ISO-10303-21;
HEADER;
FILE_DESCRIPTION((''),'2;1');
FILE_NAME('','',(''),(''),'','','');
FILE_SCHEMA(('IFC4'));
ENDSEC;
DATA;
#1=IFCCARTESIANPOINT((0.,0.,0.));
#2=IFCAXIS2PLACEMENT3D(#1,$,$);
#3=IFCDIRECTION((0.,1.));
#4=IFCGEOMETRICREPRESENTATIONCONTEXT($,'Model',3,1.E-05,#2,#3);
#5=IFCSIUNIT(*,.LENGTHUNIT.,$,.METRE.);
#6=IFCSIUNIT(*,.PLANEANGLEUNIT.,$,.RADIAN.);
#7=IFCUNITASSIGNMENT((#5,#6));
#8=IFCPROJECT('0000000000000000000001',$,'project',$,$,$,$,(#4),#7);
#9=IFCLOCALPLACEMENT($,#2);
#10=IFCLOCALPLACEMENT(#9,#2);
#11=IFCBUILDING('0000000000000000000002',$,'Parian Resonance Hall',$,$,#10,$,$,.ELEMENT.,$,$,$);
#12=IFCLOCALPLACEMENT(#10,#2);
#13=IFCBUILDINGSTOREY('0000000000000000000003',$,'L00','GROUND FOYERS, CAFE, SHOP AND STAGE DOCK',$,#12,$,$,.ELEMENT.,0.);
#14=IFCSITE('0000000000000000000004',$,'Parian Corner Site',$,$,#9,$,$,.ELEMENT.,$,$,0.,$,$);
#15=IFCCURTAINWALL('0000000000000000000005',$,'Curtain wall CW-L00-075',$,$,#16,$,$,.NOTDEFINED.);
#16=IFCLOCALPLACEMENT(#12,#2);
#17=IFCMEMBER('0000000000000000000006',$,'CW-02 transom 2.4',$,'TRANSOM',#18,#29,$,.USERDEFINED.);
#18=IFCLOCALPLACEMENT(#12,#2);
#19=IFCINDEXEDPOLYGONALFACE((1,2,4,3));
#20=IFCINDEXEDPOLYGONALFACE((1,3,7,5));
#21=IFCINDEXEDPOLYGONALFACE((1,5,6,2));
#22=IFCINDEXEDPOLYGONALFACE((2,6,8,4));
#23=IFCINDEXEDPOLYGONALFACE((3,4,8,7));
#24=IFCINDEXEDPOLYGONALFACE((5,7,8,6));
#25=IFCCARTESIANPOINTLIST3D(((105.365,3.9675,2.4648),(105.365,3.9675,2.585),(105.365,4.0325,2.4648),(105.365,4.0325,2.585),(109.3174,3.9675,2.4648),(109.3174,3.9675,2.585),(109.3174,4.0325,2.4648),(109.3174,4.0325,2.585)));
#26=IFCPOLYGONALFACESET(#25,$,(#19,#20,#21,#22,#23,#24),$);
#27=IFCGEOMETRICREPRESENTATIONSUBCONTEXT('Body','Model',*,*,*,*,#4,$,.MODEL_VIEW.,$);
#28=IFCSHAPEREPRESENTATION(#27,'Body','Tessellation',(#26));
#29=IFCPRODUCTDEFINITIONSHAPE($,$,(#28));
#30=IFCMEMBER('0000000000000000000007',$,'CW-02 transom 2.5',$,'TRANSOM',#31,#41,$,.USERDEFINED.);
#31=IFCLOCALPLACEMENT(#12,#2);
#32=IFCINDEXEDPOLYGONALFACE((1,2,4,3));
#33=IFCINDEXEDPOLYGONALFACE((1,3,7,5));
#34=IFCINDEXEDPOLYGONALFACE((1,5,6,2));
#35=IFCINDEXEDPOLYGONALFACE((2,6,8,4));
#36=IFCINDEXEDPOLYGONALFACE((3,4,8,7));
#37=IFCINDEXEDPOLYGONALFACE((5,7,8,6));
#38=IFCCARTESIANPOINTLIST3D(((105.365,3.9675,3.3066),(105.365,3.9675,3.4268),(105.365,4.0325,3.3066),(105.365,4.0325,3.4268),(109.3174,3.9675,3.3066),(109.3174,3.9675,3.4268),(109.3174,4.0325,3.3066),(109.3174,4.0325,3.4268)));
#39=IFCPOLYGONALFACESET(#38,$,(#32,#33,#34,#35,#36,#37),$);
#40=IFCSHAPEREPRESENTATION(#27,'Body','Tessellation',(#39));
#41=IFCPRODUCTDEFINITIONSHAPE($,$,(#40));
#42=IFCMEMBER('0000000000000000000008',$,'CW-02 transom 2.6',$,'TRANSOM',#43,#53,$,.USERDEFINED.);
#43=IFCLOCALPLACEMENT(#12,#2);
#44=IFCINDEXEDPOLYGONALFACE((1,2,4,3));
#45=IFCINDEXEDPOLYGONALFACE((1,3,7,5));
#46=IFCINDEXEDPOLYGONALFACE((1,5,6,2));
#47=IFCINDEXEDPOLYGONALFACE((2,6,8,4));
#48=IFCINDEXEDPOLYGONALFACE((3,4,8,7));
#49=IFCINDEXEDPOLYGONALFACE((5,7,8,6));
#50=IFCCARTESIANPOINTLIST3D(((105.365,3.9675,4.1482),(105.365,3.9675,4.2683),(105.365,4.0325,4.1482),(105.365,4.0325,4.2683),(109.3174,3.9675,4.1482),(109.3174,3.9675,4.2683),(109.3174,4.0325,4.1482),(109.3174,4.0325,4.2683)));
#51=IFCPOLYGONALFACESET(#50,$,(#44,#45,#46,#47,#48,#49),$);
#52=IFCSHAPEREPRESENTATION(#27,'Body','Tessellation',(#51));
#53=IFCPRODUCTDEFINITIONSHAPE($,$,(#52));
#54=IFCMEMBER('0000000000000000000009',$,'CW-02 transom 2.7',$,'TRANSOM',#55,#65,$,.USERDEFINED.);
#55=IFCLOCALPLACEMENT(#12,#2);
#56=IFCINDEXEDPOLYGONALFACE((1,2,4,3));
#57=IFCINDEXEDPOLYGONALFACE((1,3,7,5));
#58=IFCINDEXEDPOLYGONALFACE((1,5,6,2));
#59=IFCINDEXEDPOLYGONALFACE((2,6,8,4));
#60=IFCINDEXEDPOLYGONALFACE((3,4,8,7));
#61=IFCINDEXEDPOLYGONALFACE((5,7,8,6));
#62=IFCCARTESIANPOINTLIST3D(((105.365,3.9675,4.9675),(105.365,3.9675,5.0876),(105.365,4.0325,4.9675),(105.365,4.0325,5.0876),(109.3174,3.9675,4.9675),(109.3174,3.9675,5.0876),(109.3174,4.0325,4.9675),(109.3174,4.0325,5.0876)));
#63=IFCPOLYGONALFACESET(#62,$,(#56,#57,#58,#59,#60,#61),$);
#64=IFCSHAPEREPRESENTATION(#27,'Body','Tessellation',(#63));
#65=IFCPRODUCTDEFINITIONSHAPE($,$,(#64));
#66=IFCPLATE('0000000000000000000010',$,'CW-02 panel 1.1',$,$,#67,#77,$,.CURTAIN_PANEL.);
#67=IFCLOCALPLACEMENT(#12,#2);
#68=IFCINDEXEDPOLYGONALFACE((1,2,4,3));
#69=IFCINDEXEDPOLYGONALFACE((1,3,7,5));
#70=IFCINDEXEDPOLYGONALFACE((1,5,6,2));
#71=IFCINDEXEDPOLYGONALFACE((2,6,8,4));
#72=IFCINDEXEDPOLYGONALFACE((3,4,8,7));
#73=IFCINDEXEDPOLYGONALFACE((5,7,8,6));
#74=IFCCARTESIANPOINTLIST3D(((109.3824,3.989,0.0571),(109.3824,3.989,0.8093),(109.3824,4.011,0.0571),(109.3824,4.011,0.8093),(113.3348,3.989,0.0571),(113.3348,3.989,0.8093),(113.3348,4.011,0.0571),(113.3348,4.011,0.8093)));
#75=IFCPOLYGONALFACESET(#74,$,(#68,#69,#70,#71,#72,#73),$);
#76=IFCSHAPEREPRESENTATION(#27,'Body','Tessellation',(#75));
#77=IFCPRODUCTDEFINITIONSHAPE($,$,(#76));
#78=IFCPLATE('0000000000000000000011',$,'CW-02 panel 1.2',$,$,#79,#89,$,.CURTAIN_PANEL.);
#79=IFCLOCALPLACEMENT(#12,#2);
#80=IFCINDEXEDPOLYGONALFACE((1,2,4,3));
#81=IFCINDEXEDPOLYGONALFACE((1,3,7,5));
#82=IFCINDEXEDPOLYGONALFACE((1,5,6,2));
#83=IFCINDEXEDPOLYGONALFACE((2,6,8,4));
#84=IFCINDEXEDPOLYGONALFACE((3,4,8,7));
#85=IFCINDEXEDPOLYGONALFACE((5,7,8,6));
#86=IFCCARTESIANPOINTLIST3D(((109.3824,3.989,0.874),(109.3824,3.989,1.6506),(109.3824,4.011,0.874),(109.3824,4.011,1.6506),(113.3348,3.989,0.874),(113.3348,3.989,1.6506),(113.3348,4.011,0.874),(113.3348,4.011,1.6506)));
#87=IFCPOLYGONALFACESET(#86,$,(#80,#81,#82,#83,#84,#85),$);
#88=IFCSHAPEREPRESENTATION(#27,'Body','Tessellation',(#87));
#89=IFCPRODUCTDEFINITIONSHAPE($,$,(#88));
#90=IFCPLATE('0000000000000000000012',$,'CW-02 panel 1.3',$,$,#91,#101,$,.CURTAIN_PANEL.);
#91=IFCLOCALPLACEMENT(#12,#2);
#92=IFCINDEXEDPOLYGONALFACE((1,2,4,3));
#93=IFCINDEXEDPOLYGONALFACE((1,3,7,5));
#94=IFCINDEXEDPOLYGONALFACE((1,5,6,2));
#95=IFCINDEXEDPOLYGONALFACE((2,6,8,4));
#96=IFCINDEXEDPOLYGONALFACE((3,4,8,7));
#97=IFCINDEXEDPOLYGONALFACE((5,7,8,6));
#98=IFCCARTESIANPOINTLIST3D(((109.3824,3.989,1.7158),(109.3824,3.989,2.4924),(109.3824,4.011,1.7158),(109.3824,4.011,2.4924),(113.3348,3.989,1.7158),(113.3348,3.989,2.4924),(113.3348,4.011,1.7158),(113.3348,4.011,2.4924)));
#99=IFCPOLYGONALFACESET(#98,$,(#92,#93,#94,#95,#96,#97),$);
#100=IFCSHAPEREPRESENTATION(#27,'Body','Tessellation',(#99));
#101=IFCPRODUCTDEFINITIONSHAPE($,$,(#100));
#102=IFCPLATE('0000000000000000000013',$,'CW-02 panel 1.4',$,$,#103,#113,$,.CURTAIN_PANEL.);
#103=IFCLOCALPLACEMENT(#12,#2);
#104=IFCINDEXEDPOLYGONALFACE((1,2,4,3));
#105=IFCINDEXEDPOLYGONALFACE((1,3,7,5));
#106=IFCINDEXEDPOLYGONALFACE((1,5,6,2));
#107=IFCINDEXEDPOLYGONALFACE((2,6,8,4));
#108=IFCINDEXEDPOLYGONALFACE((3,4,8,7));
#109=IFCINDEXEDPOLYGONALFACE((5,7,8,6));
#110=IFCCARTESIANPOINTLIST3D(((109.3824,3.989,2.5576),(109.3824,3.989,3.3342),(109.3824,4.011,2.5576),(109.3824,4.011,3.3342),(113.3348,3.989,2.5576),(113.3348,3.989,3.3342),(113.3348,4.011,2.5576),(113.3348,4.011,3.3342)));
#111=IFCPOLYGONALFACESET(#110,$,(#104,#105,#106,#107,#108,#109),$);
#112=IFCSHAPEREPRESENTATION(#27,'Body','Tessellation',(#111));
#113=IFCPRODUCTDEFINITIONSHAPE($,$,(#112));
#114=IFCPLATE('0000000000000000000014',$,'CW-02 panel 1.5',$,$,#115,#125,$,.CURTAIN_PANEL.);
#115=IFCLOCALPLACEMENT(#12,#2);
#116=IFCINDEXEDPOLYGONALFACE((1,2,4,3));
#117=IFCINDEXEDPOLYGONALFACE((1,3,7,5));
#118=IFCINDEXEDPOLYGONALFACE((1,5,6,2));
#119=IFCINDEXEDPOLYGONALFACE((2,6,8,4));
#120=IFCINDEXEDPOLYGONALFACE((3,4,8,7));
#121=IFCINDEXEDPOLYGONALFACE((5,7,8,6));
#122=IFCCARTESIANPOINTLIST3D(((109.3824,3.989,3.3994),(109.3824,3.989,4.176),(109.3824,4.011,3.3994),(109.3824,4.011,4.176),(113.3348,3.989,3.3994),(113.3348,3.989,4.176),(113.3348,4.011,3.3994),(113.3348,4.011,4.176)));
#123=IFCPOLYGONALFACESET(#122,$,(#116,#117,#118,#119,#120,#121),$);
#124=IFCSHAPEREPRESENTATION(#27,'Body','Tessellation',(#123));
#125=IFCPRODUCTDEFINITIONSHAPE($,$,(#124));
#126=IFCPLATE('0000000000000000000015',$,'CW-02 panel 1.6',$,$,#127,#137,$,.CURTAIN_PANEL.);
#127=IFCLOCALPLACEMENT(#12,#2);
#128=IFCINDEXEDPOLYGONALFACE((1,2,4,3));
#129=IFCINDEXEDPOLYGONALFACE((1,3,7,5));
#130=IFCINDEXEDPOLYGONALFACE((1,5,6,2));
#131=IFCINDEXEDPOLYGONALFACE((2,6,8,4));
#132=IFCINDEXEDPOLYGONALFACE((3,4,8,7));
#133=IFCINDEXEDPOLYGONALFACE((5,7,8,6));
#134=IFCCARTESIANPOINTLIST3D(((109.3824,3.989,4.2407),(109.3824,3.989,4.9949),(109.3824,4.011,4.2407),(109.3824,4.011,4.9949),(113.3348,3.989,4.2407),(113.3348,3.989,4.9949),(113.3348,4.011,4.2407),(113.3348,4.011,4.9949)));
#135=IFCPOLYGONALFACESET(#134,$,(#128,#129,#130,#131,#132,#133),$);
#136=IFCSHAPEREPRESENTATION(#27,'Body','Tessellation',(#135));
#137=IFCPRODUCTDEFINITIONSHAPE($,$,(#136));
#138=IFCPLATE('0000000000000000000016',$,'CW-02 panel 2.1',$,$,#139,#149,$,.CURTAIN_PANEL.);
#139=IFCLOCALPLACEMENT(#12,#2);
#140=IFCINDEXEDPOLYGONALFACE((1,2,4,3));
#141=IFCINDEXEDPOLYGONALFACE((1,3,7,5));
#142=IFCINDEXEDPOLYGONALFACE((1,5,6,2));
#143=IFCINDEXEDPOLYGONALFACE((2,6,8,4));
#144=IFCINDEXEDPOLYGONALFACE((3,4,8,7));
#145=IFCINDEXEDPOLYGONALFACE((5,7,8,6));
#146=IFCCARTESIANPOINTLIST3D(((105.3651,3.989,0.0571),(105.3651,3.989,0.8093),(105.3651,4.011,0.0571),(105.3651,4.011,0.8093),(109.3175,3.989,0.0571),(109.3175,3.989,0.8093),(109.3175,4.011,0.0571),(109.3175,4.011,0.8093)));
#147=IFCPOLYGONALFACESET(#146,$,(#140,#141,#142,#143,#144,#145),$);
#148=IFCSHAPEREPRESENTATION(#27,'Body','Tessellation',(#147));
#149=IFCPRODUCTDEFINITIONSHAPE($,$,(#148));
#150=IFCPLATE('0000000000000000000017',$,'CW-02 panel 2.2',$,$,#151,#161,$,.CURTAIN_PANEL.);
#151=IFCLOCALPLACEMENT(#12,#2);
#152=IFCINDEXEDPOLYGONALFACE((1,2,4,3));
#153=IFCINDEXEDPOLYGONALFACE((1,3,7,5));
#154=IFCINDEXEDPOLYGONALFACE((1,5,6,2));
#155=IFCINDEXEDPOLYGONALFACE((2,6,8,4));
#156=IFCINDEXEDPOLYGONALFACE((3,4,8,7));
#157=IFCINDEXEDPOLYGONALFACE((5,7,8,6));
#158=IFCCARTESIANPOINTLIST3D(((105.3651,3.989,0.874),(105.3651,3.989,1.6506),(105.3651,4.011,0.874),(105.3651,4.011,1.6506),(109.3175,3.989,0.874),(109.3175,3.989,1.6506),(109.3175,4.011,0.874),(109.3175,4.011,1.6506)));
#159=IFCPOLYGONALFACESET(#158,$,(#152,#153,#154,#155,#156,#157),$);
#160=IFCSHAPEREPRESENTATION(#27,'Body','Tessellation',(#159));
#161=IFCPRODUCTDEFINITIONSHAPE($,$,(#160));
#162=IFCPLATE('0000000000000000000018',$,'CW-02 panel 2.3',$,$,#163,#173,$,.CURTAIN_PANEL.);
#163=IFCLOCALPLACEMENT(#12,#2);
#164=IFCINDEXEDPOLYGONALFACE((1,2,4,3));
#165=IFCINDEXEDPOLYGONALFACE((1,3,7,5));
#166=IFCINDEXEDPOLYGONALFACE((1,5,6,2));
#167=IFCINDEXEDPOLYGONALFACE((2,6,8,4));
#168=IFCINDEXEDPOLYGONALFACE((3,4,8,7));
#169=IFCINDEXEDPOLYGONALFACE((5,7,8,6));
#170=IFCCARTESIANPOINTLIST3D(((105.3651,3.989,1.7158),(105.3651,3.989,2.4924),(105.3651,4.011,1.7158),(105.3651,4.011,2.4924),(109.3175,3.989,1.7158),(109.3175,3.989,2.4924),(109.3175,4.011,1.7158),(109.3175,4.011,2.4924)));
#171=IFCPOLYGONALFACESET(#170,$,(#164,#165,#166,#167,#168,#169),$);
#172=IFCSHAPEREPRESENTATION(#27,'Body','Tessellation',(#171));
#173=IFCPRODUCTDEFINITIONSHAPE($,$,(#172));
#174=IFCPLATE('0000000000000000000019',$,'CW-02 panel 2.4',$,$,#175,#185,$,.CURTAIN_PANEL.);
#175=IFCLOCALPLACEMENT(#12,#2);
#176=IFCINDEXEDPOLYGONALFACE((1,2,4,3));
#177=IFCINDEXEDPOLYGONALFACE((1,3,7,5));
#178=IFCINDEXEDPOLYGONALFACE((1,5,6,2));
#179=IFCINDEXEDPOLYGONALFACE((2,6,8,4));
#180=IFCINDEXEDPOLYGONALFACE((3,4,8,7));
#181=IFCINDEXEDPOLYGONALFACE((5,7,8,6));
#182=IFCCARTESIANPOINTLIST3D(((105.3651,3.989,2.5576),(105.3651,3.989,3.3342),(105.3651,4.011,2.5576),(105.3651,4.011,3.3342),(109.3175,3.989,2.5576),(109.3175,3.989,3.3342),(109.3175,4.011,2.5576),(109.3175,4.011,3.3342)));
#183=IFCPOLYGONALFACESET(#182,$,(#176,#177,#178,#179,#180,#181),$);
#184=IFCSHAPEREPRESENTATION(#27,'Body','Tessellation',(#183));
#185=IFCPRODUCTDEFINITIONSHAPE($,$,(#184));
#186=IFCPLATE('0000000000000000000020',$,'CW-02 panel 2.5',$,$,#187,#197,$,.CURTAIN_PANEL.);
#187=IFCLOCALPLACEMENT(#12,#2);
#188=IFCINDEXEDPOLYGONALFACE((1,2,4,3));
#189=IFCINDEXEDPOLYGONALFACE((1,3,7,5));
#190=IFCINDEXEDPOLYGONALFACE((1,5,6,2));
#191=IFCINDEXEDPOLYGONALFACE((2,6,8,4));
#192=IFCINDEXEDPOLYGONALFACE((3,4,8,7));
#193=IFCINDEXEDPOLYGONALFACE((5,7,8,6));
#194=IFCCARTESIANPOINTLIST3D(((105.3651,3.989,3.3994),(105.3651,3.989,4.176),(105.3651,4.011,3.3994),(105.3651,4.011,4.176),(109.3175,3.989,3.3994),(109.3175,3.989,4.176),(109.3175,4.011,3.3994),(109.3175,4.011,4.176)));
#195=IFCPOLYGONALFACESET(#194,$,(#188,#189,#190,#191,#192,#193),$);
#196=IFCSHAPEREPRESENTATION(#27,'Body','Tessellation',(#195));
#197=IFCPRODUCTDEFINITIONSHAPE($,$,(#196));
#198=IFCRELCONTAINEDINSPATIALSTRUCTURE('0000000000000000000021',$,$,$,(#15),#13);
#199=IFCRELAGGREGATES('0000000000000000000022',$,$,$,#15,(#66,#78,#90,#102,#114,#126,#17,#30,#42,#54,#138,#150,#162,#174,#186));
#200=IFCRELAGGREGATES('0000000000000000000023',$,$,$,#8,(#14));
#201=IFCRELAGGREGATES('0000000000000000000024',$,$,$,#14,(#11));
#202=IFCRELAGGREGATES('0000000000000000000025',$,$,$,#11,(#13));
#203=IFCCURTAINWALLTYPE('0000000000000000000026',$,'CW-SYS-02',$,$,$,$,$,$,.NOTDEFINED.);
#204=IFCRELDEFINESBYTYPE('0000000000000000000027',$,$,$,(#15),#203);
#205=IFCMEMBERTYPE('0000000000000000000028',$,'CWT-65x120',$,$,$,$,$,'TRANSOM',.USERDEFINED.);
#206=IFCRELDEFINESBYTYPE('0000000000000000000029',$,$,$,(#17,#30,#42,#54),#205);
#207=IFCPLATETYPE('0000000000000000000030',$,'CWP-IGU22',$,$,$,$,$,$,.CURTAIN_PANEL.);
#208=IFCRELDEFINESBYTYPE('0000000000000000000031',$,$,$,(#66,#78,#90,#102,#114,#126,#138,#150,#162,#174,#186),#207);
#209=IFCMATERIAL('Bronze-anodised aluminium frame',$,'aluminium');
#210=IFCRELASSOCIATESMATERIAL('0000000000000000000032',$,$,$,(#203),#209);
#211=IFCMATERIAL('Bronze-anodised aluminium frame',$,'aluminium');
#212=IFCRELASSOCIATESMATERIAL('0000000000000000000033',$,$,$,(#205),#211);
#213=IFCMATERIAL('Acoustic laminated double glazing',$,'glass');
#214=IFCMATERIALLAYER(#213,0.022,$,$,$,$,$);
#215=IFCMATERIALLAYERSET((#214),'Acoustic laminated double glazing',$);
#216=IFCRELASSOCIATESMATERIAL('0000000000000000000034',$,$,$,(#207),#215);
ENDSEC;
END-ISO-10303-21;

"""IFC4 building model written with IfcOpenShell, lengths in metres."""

from ifc_helpers import new_model, si_unit, direction, frame, origin, origin_2d, place, context, subcontext, project, spatial, rectangle, extrude, material, layer, layer_set, material_profile, profile_set, type_object, element, aggregate, save


model = new_model("IFC4")

# Units and contexts
model_context = context("Model", 3, precision=1e-05, world=origin(), true_north=direction((0.0, 1.0)))
body_context = subcontext(model_context, "Body", "Model", "MODEL_VIEW")
ifc_project = project(units=[si_unit("LENGTHUNIT", "METRE"), si_unit("PLANEANGLEUNIT", "RADIAN")], contexts=[model_context])

# Site, building, storey
site_placement = place(None, origin())
site = spatial("IfcSite", under=ifc_project, at=site_placement, Name="Parian Corner Site", CompositionType="ELEMENT", RefElevation=0.0)
building_placement = place(site_placement, origin())
building = spatial("IfcBuilding", under=site, at=building_placement, Name="Parian Resonance Hall", CompositionType="ELEMENT")
storey_placement = place(building_placement, origin())
storey = spatial("IfcBuildingStorey", under=building, at=storey_placement, Name="L00", Description="GROUND FOYERS, CAFE, SHOP AND STAGE DOCK", CompositionType="ELEMENT", Elevation=0.0)

# Curtain wall, members, plates
ifc_material_1 = material(Name="Bronze-anodised aluminium frame", Category="aluminium")
curtain_wall_type = type_object("IfcCurtainWallType", Name="CW-SYS-02", PredefinedType="NOTDEFINED", material=ifc_material_1)
curtain_wall_placement = place(storey_placement, origin())
curtain_wall = element("IfcCurtainWall", 1, at=curtain_wall_placement, inside=storey, type_object=curtain_wall_type, Name="Curtain wall CW-L00-075", PredefinedType="NOTDEFINED")
ifc_material_2 = material(Name="Bronze-anodised aluminium frame", Category="aluminium")
ifc_material_profile_1 = material_profile(ifc_material_2, rectangle(XDim=0.0649, YDim=0.1201, at=origin_2d()), Name="CWT-65x120")
ifc_profile_set_1 = profile_set([ifc_material_profile_1], Name="Bronze-anodised aluminium frame")
member_type_1 = type_object("IfcMemberType", Name="CWT-65x120", ElementType="TRANSOM", PredefinedType="USERDEFINED", material=ifc_profile_set_1)
member_1_placement = place(storey_placement, frame((109.3174, 4.0, 2.5249), z_axis=(-1.0, 0.0, 0.0), x_axis=(0.0, -1.0, 0.0)))
member_1 = element("IfcMember", 2, at=member_1_placement, type_object=member_type_1, Name="CW-02 transom 2.4", ObjectType="TRANSOM", PredefinedType="USERDEFINED", context=body_context, shape_type="SweptSolid", body=[
    extrude(rectangle(XDim=0.0649, YDim=0.1201, at=origin_2d()), origin(), (0.0, 0.0, 1.0), 3.9524),
])
member_2_placement = place(storey_placement, frame((109.3174, 4.0, 3.3667), z_axis=(-1.0, 0.0, 0.0), x_axis=(0.0, -1.0, 0.0)))
member_2 = element("IfcMember", 3, at=member_2_placement, type_object=member_type_1, Name="CW-02 transom 2.5", ObjectType="TRANSOM", PredefinedType="USERDEFINED", context=body_context, shape_type="SweptSolid", body=[
    extrude(rectangle(XDim=0.0649, YDim=0.1201, at=origin_2d()), origin(), (0.0, 0.0, 1.0), 3.9524),
])
member_3_placement = place(storey_placement, frame((109.3174, 4.0, 4.2083), z_axis=(-1.0, 0.0, 0.0), x_axis=(0.0, -1.0, 0.0)))
member_3 = element("IfcMember", 4, at=member_3_placement, type_object=member_type_1, Name="CW-02 transom 2.6", ObjectType="TRANSOM", PredefinedType="USERDEFINED", context=body_context, shape_type="SweptSolid", body=[
    extrude(rectangle(XDim=0.0649, YDim=0.1201, at=origin_2d()), origin(), (0.0, 0.0, 1.0), 3.9524),
])
member_4_placement = place(storey_placement, frame((109.3174, 4.0, 5.0276), z_axis=(-1.0, 0.0, 0.0), x_axis=(0.0, -1.0, 0.0)))
member_4 = element("IfcMember", 5, at=member_4_placement, type_object=member_type_1, Name="CW-02 transom 2.7", ObjectType="TRANSOM", PredefinedType="USERDEFINED", context=body_context, shape_type="SweptSolid", body=[
    extrude(rectangle(XDim=0.0649, YDim=0.1201, at=origin_2d()), origin(), (0.0, 0.0, 1.0), 3.9524),
])
ifc_material_3 = material(Name="Acoustic laminated double glazing", Category="glass")
ifc_layer_1 = layer(ifc_material_3, 0.022)
ifc_layer_set_1 = layer_set([ifc_layer_1], Name="Acoustic laminated double glazing")
plate_type = type_object("IfcPlateType", Name="CWP-IGU22", PredefinedType="CURTAIN_PANEL", material=ifc_layer_set_1)
plate_1_placement = place(storey_placement, frame((111.3586, 4.0, 0.0571), z_axis=(0.0, 0.0, 1.0), x_axis=(-1.0, 0.0, 0.0)))
plate_1 = element("IfcPlate", 6, at=plate_1_placement, type_object=plate_type, Name="CW-02 panel 1.1", PredefinedType="CURTAIN_PANEL", context=body_context, shape_type="SweptSolid", body=[
    extrude(rectangle(XDim=3.9524, YDim=0.022, at=origin_2d()), origin(), (0.0, 0.0, 1.0), 0.7522),
])
plate_2_placement = place(storey_placement, frame((111.3586, 4.0, 0.874), z_axis=(0.0, 0.0, 1.0), x_axis=(-1.0, 0.0, 0.0)))
plate_2 = element("IfcPlate", 7, at=plate_2_placement, type_object=plate_type, Name="CW-02 panel 1.2", PredefinedType="CURTAIN_PANEL", context=body_context, shape_type="SweptSolid", body=[
    extrude(rectangle(XDim=3.9524, YDim=0.022, at=origin_2d()), origin(), (0.0, 0.0, 1.0), 0.7766),
])
plate_3_placement = place(storey_placement, frame((111.3586, 4.0, 1.7158), z_axis=(0.0, 0.0, 1.0), x_axis=(-1.0, 0.0, 0.0)))
plate_3 = element("IfcPlate", 8, at=plate_3_placement, type_object=plate_type, Name="CW-02 panel 1.3", PredefinedType="CURTAIN_PANEL", context=body_context, shape_type="SweptSolid", body=[
    extrude(rectangle(XDim=3.9524, YDim=0.022, at=origin_2d()), origin(), (0.0, 0.0, 1.0), 0.7766),
])
plate_4_placement = place(storey_placement, frame((111.3586, 4.0, 2.5576), z_axis=(0.0, 0.0, 1.0), x_axis=(-1.0, 0.0, 0.0)))
plate_4 = element("IfcPlate", 9, at=plate_4_placement, type_object=plate_type, Name="CW-02 panel 1.4", PredefinedType="CURTAIN_PANEL", context=body_context, shape_type="SweptSolid", body=[
    extrude(rectangle(XDim=3.9524, YDim=0.022, at=origin_2d()), origin(), (0.0, 0.0, 1.0), 0.7766),
])
plate_5_placement = place(storey_placement, frame((111.3586, 4.0, 3.3994), z_axis=(0.0, 0.0, 1.0), x_axis=(-1.0, 0.0, 0.0)))
plate_5 = element("IfcPlate", 10, at=plate_5_placement, type_object=plate_type, Name="CW-02 panel 1.5", PredefinedType="CURTAIN_PANEL", context=body_context, shape_type="SweptSolid", body=[
    extrude(rectangle(XDim=3.9524, YDim=0.022, at=origin_2d()), origin(), (0.0, 0.0, 1.0), 0.7766),
])
plate_6_placement = place(storey_placement, frame((111.3586, 4.0, 4.2407), z_axis=(0.0, 0.0, 1.0), x_axis=(-1.0, 0.0, 0.0)))
plate_6 = element("IfcPlate", 11, at=plate_6_placement, type_object=plate_type, Name="CW-02 panel 1.6", PredefinedType="CURTAIN_PANEL", context=body_context, shape_type="SweptSolid", body=[
    extrude(rectangle(XDim=3.9524, YDim=0.022, at=origin_2d()), origin(), (0.0, 0.0, 1.0), 0.7542),
])
plate_7_placement = place(storey_placement, frame((107.3413, 4.0, 0.0571), z_axis=(0.0, 0.0, 1.0), x_axis=(-1.0, 0.0, 0.0)))
plate_7 = element("IfcPlate", 12, at=plate_7_placement, type_object=plate_type, Name="CW-02 panel 2.1", PredefinedType="CURTAIN_PANEL", context=body_context, shape_type="SweptSolid", body=[
    extrude(rectangle(XDim=3.9524, YDim=0.022, at=origin_2d()), origin(), (0.0, 0.0, 1.0), 0.7522),
])
plate_8_placement = place(storey_placement, frame((107.3413, 4.0, 0.874), z_axis=(0.0, 0.0, 1.0), x_axis=(-1.0, 0.0, 0.0)))
plate_8 = element("IfcPlate", 13, at=plate_8_placement, type_object=plate_type, Name="CW-02 panel 2.2", PredefinedType="CURTAIN_PANEL", context=body_context, shape_type="SweptSolid", body=[
    extrude(rectangle(XDim=3.9524, YDim=0.022, at=origin_2d()), origin(), (0.0, 0.0, 1.0), 0.7766),
])
plate_9_placement = place(storey_placement, frame((107.3413, 4.0, 1.7158), z_axis=(0.0, 0.0, 1.0), x_axis=(-1.0, 0.0, 0.0)))
plate_9 = element("IfcPlate", 14, at=plate_9_placement, type_object=plate_type, Name="CW-02 panel 2.3", PredefinedType="CURTAIN_PANEL", context=body_context, shape_type="SweptSolid", body=[
    extrude(rectangle(XDim=3.9524, YDim=0.022, at=origin_2d()), origin(), (0.0, 0.0, 1.0), 0.7766),
])
plate_10_placement = place(storey_placement, frame((107.3413, 4.0, 2.5576), z_axis=(0.0, 0.0, 1.0), x_axis=(-1.0, 0.0, 0.0)))
plate_10 = element("IfcPlate", 15, at=plate_10_placement, type_object=plate_type, Name="CW-02 panel 2.4", PredefinedType="CURTAIN_PANEL", context=body_context, shape_type="SweptSolid", body=[
    extrude(rectangle(XDim=3.9524, YDim=0.022, at=origin_2d()), origin(), (0.0, 0.0, 1.0), 0.7766),
])
plate_11_placement = place(storey_placement, frame((107.3413, 4.0, 3.3994), z_axis=(0.0, 0.0, 1.0), x_axis=(-1.0, 0.0, 0.0)))
plate_11 = element("IfcPlate", 16, at=plate_11_placement, type_object=plate_type, Name="CW-02 panel 2.5", PredefinedType="CURTAIN_PANEL", context=body_context, shape_type="SweptSolid", body=[
    extrude(rectangle(XDim=3.9524, YDim=0.022, at=origin_2d()), origin(), (0.0, 0.0, 1.0), 0.7766),
])
aggregate(curtain_wall, [plate_1, plate_2, plate_3, plate_4, plate_5, plate_6, member_1, member_2, member_3, member_4, plate_7, plate_8, plate_9, plate_10, plate_11])

save(model, "model.ifc")
